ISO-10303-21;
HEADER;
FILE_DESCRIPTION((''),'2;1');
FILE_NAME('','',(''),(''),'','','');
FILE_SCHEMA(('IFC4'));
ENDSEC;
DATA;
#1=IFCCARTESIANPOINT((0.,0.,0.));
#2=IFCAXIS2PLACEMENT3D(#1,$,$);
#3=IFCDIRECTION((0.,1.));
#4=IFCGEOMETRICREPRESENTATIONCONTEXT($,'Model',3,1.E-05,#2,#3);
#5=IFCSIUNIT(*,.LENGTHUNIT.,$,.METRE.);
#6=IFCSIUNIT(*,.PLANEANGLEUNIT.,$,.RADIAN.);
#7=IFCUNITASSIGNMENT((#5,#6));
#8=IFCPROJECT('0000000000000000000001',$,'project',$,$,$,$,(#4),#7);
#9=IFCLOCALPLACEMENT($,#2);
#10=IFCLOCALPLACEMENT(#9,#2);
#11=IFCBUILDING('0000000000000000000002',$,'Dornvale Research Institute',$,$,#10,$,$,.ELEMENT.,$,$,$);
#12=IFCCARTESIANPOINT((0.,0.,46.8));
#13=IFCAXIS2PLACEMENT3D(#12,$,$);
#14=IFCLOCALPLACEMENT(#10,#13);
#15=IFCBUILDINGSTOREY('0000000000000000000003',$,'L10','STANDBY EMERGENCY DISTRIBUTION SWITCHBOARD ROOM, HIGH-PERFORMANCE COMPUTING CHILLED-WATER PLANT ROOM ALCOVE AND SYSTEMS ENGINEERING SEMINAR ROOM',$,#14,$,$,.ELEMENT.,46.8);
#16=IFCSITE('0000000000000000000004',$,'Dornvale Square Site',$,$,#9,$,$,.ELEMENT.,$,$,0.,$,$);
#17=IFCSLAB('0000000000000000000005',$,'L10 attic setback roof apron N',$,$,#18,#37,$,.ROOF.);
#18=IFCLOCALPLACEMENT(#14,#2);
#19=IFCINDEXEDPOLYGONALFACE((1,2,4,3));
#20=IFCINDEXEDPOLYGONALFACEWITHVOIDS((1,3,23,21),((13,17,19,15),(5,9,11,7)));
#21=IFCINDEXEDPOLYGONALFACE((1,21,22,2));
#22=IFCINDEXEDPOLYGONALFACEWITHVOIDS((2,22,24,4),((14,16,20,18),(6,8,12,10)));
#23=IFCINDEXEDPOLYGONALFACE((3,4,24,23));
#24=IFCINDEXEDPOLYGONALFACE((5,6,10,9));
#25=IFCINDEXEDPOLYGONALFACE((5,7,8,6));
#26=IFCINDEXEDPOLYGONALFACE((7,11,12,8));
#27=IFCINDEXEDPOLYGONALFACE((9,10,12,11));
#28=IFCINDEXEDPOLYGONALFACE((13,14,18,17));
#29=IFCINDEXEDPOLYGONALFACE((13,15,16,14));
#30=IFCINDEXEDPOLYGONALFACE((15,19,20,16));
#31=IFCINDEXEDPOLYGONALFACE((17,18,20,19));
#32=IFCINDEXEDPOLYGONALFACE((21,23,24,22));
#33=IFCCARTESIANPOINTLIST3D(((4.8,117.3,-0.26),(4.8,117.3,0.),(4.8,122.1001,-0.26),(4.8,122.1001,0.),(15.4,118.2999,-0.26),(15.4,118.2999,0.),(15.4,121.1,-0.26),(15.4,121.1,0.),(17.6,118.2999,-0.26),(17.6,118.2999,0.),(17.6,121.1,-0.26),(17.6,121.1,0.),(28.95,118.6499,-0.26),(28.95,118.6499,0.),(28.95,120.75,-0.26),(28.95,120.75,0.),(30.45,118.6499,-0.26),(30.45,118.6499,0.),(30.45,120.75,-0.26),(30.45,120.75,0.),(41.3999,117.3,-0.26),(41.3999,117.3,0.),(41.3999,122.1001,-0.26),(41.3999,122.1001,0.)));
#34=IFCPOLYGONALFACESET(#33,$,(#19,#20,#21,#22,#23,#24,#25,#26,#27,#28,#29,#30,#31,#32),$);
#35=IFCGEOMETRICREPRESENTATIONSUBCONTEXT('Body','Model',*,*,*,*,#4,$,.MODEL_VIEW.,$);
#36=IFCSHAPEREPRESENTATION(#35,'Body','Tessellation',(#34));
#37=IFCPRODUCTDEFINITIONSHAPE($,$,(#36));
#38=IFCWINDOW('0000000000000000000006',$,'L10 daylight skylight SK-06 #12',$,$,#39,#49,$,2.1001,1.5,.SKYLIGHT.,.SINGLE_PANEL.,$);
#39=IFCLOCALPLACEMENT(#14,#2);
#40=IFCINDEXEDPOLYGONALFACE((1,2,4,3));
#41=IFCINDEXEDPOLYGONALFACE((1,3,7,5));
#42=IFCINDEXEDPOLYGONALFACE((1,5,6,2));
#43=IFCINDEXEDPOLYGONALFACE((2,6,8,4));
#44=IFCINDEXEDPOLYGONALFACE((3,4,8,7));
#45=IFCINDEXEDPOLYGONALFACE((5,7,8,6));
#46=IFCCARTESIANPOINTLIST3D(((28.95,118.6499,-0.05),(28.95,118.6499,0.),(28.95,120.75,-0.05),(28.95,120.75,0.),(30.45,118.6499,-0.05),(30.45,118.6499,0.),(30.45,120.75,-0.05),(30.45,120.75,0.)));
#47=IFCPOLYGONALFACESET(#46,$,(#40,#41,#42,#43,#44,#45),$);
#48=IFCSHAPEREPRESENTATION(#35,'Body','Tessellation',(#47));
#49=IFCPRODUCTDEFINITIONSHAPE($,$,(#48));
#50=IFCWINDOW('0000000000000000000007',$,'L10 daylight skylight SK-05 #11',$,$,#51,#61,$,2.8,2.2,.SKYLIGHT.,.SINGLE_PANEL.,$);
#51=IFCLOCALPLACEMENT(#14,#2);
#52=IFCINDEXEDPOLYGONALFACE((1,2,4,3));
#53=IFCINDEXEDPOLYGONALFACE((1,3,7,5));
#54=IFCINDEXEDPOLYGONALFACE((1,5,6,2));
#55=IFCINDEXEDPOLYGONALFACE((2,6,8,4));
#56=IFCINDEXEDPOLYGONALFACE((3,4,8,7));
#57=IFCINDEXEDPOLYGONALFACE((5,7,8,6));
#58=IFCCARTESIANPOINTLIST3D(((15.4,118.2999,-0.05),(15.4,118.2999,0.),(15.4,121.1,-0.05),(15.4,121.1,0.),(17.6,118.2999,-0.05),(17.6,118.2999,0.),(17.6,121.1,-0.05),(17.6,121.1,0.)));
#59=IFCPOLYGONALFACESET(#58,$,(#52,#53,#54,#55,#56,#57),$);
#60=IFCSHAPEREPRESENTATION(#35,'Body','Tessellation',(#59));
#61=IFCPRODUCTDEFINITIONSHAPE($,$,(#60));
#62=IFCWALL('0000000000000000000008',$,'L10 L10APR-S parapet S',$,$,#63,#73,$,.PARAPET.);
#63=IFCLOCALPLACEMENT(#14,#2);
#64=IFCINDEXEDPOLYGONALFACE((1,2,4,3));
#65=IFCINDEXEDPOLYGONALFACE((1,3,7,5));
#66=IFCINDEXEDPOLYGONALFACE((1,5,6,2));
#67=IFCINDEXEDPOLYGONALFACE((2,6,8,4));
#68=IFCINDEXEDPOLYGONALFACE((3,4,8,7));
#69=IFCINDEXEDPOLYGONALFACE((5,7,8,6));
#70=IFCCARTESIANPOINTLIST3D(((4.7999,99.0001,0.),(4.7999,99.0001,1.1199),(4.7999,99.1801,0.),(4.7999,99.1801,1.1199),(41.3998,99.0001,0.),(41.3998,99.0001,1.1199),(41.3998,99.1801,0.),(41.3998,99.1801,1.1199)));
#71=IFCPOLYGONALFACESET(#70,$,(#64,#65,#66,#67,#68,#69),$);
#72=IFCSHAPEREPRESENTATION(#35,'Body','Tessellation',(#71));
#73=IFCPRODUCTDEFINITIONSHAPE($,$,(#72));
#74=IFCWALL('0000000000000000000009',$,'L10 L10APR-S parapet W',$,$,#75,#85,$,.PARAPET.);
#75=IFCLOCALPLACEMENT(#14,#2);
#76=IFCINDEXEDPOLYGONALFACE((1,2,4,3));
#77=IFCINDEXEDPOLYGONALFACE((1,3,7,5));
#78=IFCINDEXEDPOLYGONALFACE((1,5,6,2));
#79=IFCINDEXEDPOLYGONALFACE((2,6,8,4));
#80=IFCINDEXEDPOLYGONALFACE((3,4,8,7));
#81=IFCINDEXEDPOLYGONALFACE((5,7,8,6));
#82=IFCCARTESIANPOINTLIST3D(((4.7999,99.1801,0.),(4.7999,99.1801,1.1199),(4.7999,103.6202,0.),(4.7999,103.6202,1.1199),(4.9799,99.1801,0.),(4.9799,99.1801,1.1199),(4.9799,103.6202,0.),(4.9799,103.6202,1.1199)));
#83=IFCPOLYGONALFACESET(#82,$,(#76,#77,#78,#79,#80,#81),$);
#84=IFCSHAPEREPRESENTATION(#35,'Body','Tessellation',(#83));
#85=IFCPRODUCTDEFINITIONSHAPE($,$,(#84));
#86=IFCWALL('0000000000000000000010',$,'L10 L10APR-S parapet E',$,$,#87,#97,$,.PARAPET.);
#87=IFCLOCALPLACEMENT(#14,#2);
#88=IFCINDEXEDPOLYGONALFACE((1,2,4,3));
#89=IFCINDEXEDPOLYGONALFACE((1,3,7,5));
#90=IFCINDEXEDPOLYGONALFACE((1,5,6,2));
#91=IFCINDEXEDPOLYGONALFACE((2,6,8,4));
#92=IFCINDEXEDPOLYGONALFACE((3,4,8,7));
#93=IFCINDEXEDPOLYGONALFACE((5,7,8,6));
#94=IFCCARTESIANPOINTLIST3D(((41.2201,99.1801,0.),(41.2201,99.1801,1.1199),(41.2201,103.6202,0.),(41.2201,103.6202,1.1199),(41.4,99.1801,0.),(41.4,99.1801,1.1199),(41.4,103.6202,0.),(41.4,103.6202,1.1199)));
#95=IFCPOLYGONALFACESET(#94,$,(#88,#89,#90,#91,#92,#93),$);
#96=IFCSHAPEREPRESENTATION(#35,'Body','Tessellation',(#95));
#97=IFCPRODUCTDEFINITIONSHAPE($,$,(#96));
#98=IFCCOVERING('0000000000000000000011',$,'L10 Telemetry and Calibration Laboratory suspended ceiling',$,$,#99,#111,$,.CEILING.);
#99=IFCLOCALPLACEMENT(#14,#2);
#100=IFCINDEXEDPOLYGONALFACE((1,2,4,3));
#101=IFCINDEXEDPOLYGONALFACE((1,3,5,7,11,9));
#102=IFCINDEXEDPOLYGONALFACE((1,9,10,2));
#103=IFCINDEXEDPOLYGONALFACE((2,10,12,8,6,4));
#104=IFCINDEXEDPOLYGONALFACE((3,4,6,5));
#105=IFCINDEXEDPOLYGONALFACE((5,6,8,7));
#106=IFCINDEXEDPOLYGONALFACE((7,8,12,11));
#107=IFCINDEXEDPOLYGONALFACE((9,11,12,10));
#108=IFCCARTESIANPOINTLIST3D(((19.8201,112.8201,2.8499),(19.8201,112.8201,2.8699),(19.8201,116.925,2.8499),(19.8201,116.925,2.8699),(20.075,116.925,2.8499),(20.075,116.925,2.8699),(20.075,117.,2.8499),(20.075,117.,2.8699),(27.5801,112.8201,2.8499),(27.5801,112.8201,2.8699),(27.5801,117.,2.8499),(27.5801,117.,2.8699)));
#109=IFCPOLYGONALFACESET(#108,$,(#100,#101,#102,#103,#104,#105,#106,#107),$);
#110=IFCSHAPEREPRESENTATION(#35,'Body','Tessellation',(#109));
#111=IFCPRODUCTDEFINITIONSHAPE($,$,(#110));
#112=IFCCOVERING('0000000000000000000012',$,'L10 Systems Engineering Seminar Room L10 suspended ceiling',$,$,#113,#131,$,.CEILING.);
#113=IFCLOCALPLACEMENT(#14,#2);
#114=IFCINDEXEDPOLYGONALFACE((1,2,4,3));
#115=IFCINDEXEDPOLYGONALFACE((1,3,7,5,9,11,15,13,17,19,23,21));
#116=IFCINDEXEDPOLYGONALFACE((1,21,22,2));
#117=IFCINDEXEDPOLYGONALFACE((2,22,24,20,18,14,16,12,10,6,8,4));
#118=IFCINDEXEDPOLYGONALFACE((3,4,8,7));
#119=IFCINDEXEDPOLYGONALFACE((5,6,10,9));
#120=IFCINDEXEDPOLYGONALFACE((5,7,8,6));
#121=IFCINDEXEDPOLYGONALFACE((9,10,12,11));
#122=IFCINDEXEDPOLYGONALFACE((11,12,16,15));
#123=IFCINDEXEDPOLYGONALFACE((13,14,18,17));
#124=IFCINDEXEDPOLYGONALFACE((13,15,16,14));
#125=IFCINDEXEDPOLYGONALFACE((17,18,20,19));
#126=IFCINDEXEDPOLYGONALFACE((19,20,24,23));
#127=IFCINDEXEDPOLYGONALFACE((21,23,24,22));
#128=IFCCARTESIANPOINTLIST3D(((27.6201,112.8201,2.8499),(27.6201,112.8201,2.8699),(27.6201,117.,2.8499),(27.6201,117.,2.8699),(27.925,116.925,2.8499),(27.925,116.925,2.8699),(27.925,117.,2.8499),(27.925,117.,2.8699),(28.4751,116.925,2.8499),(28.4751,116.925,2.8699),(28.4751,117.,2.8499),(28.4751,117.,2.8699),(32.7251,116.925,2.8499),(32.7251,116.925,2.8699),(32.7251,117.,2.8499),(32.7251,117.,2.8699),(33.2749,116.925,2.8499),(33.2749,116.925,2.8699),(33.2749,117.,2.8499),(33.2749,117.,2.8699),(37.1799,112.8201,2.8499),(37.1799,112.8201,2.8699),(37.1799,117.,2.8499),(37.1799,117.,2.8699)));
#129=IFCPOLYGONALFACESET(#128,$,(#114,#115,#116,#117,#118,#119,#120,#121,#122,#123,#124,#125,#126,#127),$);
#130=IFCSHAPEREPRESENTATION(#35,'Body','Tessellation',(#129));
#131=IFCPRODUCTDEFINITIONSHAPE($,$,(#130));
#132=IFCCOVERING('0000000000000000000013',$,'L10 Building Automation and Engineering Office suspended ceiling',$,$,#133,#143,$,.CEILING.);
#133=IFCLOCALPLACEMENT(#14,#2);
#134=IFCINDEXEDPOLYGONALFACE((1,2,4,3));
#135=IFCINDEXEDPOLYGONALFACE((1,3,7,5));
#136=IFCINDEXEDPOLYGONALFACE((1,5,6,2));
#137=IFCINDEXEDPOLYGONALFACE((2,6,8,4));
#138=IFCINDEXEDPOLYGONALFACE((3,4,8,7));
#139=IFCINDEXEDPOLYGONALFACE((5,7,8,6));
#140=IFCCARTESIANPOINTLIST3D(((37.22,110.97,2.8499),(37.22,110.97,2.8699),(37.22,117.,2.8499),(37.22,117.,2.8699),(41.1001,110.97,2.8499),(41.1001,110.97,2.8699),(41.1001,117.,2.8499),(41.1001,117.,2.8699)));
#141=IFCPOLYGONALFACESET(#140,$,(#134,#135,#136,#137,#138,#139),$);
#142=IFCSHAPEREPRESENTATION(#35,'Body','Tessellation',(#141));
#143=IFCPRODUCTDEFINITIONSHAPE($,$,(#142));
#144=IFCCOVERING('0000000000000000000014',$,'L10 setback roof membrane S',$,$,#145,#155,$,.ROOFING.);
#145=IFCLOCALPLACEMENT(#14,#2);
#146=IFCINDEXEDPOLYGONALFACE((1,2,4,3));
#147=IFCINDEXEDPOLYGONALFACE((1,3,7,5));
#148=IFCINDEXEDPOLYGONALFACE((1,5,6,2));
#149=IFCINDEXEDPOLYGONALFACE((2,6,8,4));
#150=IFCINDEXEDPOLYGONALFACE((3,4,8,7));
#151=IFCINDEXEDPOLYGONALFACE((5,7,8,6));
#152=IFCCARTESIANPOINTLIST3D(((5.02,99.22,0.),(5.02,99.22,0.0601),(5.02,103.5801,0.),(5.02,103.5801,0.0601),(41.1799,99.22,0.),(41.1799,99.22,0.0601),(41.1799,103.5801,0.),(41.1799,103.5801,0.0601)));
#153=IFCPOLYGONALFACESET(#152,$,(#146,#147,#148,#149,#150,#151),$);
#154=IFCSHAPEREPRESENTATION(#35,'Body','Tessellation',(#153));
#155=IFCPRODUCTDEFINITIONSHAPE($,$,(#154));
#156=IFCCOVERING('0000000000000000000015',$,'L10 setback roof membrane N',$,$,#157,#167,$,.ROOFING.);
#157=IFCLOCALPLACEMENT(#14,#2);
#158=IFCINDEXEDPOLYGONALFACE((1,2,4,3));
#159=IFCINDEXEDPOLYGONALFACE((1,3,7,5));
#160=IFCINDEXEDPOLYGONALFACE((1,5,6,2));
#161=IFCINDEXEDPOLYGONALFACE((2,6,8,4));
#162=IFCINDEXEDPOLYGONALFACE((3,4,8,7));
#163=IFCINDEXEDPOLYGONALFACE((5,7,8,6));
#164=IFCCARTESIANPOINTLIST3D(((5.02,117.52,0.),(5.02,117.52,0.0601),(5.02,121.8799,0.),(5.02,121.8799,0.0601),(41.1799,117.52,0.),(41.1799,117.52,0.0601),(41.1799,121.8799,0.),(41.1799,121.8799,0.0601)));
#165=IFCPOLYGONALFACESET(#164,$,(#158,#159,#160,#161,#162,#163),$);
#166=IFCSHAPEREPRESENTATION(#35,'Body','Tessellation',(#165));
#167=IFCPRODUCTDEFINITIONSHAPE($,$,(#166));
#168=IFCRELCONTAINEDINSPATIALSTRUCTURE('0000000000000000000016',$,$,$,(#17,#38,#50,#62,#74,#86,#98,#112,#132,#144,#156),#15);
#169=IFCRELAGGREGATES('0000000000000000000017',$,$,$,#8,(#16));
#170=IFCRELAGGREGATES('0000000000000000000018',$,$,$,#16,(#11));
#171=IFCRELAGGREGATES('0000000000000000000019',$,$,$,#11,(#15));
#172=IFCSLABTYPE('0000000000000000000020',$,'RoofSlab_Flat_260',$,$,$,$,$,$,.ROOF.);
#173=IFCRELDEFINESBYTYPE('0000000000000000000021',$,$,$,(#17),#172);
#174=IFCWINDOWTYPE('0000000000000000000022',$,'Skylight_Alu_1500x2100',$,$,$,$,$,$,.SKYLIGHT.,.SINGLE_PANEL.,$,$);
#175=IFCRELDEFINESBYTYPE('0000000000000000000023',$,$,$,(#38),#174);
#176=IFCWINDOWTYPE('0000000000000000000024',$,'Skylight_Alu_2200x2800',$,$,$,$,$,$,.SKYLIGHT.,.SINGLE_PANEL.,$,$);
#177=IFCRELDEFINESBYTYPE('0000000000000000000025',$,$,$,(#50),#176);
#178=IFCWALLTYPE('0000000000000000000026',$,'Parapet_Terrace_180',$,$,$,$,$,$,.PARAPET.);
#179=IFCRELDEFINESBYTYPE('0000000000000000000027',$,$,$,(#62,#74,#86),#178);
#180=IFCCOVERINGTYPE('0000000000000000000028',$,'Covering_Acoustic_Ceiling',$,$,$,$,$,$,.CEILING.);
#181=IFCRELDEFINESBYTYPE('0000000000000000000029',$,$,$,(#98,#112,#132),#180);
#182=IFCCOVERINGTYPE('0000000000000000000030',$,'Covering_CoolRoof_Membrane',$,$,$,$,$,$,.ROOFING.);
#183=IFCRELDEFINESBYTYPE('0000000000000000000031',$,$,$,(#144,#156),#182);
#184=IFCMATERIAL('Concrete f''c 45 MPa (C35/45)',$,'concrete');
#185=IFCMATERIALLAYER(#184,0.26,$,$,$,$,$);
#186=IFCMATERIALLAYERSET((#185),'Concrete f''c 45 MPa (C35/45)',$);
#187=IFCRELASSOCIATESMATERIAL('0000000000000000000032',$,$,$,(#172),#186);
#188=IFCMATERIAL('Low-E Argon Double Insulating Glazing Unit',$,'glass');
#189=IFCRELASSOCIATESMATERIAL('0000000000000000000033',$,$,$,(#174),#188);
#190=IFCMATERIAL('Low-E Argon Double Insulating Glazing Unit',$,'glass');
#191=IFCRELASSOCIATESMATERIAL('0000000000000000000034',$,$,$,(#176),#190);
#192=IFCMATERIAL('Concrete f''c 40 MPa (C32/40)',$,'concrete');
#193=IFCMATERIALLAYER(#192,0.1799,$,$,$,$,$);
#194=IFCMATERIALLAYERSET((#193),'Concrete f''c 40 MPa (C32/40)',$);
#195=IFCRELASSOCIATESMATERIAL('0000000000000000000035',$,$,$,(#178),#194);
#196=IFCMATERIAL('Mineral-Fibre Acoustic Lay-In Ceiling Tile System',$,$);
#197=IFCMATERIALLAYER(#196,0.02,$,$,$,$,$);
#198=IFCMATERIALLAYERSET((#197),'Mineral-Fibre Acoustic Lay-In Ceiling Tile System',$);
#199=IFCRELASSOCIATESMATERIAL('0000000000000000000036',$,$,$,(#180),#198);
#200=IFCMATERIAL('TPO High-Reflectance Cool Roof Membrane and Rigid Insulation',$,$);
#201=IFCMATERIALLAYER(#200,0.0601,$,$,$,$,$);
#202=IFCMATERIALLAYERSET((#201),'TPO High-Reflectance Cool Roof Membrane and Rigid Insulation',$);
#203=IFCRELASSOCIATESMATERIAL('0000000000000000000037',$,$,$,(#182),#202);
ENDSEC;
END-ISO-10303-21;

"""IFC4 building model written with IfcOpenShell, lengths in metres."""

from ifc_helpers import new_model, si_unit, direction, frame, frame_2d, origin, origin_2d, place, context, subcontext, project, spatial, polyline, rectangle, outline, extrude, material, layer, layer_set, type_object, element, fill, save


model = new_model("IFC4")

# Units and contexts
model_context = context("Model", 3, precision=1e-05, world=origin(), true_north=direction((0.0, 1.0)))
body_context = subcontext(model_context, "Body", "Model", "MODEL_VIEW")
ifc_project = project(units=[si_unit("LENGTHUNIT", "METRE"), si_unit("PLANEANGLEUNIT", "RADIAN")], contexts=[model_context])

# Site, building, storey
site_placement = place(None, origin())
site = spatial("IfcSite", under=ifc_project, at=site_placement, Name="Dornvale Square Site", CompositionType="ELEMENT", RefElevation=0.0)
building_placement = place(site_placement, origin())
building = spatial("IfcBuilding", under=site, at=building_placement, Name="Dornvale Research Institute", CompositionType="ELEMENT")
storey_placement = place(building_placement, frame((0.0, 0.0, 46.8)))
storey = spatial("IfcBuildingStorey", under=building, at=storey_placement, Name="L10", Description="STANDBY EMERGENCY DISTRIBUTION SWITCHBOARD ROOM, HIGH-PERFORMANCE COMPUTING CHILLED-WATER PLANT ROOM ALCOVE AND SYSTEMS ENGINEERING SEMINAR ROOM", CompositionType="ELEMENT", Elevation=46.8)

# Shared definitions
ifc_material_1 = material(Name="Concrete f'c 45 MPa (C35/45)", Category="concrete")
ifc_layer_1 = layer(ifc_material_1, 0.26)
ifc_layer_set_1 = layer_set([ifc_layer_1], Name="Concrete f'c 45 MPa (C35/45)")
slab_type_1 = type_object("IfcSlabType", Name="RoofSlab_Flat_260", PredefinedType="ROOF", material=ifc_layer_set_1)

# Slab, openings, windows
slab_1_placement = place(storey_placement, frame((0.0, 0.0, -0.26)))
slab_1 = element("IfcSlab", 1, at=slab_1_placement, inside=storey, type_object=slab_type_1, Name="L10 attic setback roof apron N", PredefinedType="ROOF", context=body_context, shape_type="SweptSolid", body=[
    extrude(outline(polyline([(4.8, 117.3), (41.3999, 117.3), (41.3999, 122.1001), (4.8, 122.1001), (4.8, 117.3)])), origin(), (0.0, 0.0, 1.0), 0.26),
])
opening_1_placement = place(slab_1_placement, frame((16.5, 119.7, 0.0)))
opening_1 = element("IfcOpeningElement", 2, at=opening_1_placement, cuts=slab_1, PredefinedType="OPENING", context=body_context, shape_type="SweptSolid", body=[
    extrude(rectangle(XDim=2.2, YDim=2.8, at=origin_2d()), origin(), (0.0, 0.0, 1.0), 0.26),
])
opening_2_placement = place(slab_1_placement, frame((29.7, 119.7, 0.0)))
opening_2 = element("IfcOpeningElement", 3, at=opening_2_placement, cuts=slab_1, PredefinedType="OPENING", context=body_context, shape_type="SweptSolid", body=[
    extrude(rectangle(XDim=1.5, YDim=2.1001, at=origin_2d()), origin(), (0.0, 0.0, 1.0), 0.26),
])
ifc_material_2 = material(Name="Low-E Argon Double Insulating Glazing Unit", Category="glass")
window_type_1 = type_object("IfcWindowType", Name="Skylight_Alu_1500x2100", PartitioningType="SINGLE_PANEL", PredefinedType="SKYLIGHT", material=ifc_material_2)
window_1_placement = place(opening_2_placement, frame((0.0, 0.0, 0.21)))
window_1 = element("IfcWindow", 4, at=window_1_placement, inside=storey, type_object=window_type_1, Name="L10 daylight skylight SK-06 #12", OverallHeight=2.1001, OverallWidth=1.5, PartitioningType="SINGLE_PANEL", PredefinedType="SKYLIGHT", context=body_context, shape_type="SweptSolid", body=[
    extrude(rectangle(XDim=1.5, YDim=2.1001, at=origin_2d()), origin(), (0.0, 0.0, 1.0), 0.05),
])
fill(opening_2, window_1)
ifc_material_3 = material(Name="Low-E Argon Double Insulating Glazing Unit", Category="glass")
window_type_2 = type_object("IfcWindowType", Name="Skylight_Alu_2200x2800", PartitioningType="SINGLE_PANEL", PredefinedType="SKYLIGHT", material=ifc_material_3)
window_2_placement = place(opening_1_placement, frame((0.0, 0.0, 0.21)))
window_2 = element("IfcWindow", 5, at=window_2_placement, inside=storey, type_object=window_type_2, Name="L10 daylight skylight SK-05 #11", OverallHeight=2.8, OverallWidth=2.2, PartitioningType="SINGLE_PANEL", PredefinedType="SKYLIGHT", context=body_context, shape_type="SweptSolid", body=[
    extrude(rectangle(XDim=2.2, YDim=2.8, at=origin_2d()), origin(), (0.0, 0.0, 1.0), 0.05),
])
fill(opening_1, window_2)

# Walls
ifc_material_4 = material(Name="Concrete f'c 40 MPa (C32/40)", Category="concrete")
ifc_layer_2 = layer(ifc_material_4, 0.1799)
ifc_layer_set_2 = layer_set([ifc_layer_2], Name="Concrete f'c 40 MPa (C32/40)")
wall_type = type_object("IfcWallType", Name="Parapet_Terrace_180", PredefinedType="PARAPET", material=ifc_layer_set_2)
wall_placement = place(storey_placement, frame((4.8, 99.0901, 0.0), z_axis=(0.0, 0.0, 1.0), x_axis=(1.0, 0.0, 0.0)))
element("IfcWall", 6, at=wall_placement, inside=storey, type_object=wall_type, Name="L10 L10APR-S parapet S", PredefinedType="PARAPET", context=body_context, shape_type="SweptSolid", body=[
    extrude(rectangle(XDim=36.5999, YDim=0.1799, at=frame_2d((18.2998, 0.0))), origin(), (0.0, 0.0, 1.0), 1.1199),
])
for number, where, z_axis, x_axis, name in (
    (7, (4.8899, 99.1799, 0.0), (0.0, 0.0, 1.0), (0.0, 1.0, 0.0), "L10 L10APR-S parapet W"),
    (8, (41.3101, 99.1799, 0.0), (0.0, 0.0, 1.0), (0.0, 1.0, 0.0), "L10 L10APR-S parapet E"),
):
    element("IfcWall", number, at=place(storey_placement, frame(where, z_axis=z_axis, x_axis=x_axis)), inside=storey, type_object=wall_type, Name=name, PredefinedType="PARAPET", context=body_context, shape_type="SweptSolid", body=[
        extrude(rectangle(XDim=4.4402, YDim=0.1799, at=frame_2d((2.2202, 0.0))), origin(), (0.0, 0.0, 1.0), 1.1199),
    ])

# Coverings
ifc_material_5 = material(Name="Mineral-Fibre Acoustic Lay-In Ceiling Tile System")
ifc_layer_3 = layer(ifc_material_5, 0.02)
ifc_layer_set_3 = layer_set([ifc_layer_3], Name="Mineral-Fibre Acoustic Lay-In Ceiling Tile System")
covering_type_1 = type_object("IfcCoveringType", Name="Covering_Acoustic_Ceiling", PredefinedType="CEILING", material=ifc_layer_set_3)
covering_1_placement = place(storey_placement, frame((0.0, 0.0, 2.8499)))
element("IfcCovering", 9, at=covering_1_placement, inside=storey, type_object=covering_type_1, Name="L10 Telemetry and Calibration Laboratory suspended ceiling", PredefinedType="CEILING", context=body_context, shape_type="SweptSolid", body=[
    extrude(outline(polyline([(19.8201, 116.925), (20.075, 116.925), (20.075, 117.0), (27.5801, 117.0), (27.5801, 112.8201), (19.8201, 112.8201), (19.8201, 116.925)])), origin(), (0.0, 0.0, 1.0), 0.02),
])
covering_2_placement = place(storey_placement, frame((0.0, 0.0, 2.8499)))
element("IfcCovering", 10, at=covering_2_placement, inside=storey, type_object=covering_type_1, Name="L10 Systems Engineering Seminar Room L10 suspended ceiling", PredefinedType="CEILING", context=body_context, shape_type="SweptSolid", body=[
    extrude(outline(polyline([(32.7251, 116.925), (33.2749, 116.925), (33.2749, 117.0), (37.1799, 117.0), (37.1799, 112.8201), (27.6201, 112.8201), (27.6201, 117.0), (27.925, 117.0), (27.925, 116.925), (28.4751, 116.925), (28.4751, 117.0), (32.7251, 117.0), (32.7251, 116.925)])), origin(), (0.0, 0.0, 1.0), 0.02),
])
covering_3_placement = place(storey_placement, frame((0.0, 0.0, 2.8499)))
element("IfcCovering", 11, at=covering_3_placement, inside=storey, type_object=covering_type_1, Name="L10 Building Automation and Engineering Office suspended ceiling", PredefinedType="CEILING", context=body_context, shape_type="SweptSolid", body=[
    extrude(outline(polyline([(41.1001, 110.97), (37.22, 110.97), (37.22, 117.0), (41.1001, 117.0), (41.1001, 110.97)])), origin(), (0.0, 0.0, 1.0), 0.02),
])
ifc_material_6 = material(Name="TPO High-Reflectance Cool Roof Membrane and Rigid Insulation")
ifc_layer_4 = layer(ifc_material_6, 0.0601)
ifc_layer_set_4 = layer_set([ifc_layer_4], Name="TPO High-Reflectance Cool Roof Membrane and Rigid Insulation")
covering_type_2 = type_object("IfcCoveringType", Name="Covering_CoolRoof_Membrane", PredefinedType="ROOFING", material=ifc_layer_set_4)
covering_4_placement = place(storey_placement, origin())
element("IfcCovering", 12, at=covering_4_placement, inside=storey, type_object=covering_type_2, Name="L10 setback roof membrane S", PredefinedType="ROOFING", context=body_context, shape_type="SweptSolid", body=[
    extrude(outline(polyline([(5.02, 99.22), (41.1799, 99.22), (41.1799, 103.5801), (5.02, 103.5801), (5.02, 99.22)])), origin(), (0.0, 0.0, 1.0), 0.0601),
])
covering_5_placement = place(storey_placement, origin())
element("IfcCovering", 13, at=covering_5_placement, inside=storey, type_object=covering_type_2, Name="L10 setback roof membrane N", PredefinedType="ROOFING", context=body_context, shape_type="SweptSolid", body=[
    extrude(outline(polyline([(5.02, 117.52), (41.1799, 117.52), (41.1799, 121.8799), (5.02, 121.8799), (5.02, 117.52)])), origin(), (0.0, 0.0, 1.0), 0.0601),
])

save(model, "model.ifc")
